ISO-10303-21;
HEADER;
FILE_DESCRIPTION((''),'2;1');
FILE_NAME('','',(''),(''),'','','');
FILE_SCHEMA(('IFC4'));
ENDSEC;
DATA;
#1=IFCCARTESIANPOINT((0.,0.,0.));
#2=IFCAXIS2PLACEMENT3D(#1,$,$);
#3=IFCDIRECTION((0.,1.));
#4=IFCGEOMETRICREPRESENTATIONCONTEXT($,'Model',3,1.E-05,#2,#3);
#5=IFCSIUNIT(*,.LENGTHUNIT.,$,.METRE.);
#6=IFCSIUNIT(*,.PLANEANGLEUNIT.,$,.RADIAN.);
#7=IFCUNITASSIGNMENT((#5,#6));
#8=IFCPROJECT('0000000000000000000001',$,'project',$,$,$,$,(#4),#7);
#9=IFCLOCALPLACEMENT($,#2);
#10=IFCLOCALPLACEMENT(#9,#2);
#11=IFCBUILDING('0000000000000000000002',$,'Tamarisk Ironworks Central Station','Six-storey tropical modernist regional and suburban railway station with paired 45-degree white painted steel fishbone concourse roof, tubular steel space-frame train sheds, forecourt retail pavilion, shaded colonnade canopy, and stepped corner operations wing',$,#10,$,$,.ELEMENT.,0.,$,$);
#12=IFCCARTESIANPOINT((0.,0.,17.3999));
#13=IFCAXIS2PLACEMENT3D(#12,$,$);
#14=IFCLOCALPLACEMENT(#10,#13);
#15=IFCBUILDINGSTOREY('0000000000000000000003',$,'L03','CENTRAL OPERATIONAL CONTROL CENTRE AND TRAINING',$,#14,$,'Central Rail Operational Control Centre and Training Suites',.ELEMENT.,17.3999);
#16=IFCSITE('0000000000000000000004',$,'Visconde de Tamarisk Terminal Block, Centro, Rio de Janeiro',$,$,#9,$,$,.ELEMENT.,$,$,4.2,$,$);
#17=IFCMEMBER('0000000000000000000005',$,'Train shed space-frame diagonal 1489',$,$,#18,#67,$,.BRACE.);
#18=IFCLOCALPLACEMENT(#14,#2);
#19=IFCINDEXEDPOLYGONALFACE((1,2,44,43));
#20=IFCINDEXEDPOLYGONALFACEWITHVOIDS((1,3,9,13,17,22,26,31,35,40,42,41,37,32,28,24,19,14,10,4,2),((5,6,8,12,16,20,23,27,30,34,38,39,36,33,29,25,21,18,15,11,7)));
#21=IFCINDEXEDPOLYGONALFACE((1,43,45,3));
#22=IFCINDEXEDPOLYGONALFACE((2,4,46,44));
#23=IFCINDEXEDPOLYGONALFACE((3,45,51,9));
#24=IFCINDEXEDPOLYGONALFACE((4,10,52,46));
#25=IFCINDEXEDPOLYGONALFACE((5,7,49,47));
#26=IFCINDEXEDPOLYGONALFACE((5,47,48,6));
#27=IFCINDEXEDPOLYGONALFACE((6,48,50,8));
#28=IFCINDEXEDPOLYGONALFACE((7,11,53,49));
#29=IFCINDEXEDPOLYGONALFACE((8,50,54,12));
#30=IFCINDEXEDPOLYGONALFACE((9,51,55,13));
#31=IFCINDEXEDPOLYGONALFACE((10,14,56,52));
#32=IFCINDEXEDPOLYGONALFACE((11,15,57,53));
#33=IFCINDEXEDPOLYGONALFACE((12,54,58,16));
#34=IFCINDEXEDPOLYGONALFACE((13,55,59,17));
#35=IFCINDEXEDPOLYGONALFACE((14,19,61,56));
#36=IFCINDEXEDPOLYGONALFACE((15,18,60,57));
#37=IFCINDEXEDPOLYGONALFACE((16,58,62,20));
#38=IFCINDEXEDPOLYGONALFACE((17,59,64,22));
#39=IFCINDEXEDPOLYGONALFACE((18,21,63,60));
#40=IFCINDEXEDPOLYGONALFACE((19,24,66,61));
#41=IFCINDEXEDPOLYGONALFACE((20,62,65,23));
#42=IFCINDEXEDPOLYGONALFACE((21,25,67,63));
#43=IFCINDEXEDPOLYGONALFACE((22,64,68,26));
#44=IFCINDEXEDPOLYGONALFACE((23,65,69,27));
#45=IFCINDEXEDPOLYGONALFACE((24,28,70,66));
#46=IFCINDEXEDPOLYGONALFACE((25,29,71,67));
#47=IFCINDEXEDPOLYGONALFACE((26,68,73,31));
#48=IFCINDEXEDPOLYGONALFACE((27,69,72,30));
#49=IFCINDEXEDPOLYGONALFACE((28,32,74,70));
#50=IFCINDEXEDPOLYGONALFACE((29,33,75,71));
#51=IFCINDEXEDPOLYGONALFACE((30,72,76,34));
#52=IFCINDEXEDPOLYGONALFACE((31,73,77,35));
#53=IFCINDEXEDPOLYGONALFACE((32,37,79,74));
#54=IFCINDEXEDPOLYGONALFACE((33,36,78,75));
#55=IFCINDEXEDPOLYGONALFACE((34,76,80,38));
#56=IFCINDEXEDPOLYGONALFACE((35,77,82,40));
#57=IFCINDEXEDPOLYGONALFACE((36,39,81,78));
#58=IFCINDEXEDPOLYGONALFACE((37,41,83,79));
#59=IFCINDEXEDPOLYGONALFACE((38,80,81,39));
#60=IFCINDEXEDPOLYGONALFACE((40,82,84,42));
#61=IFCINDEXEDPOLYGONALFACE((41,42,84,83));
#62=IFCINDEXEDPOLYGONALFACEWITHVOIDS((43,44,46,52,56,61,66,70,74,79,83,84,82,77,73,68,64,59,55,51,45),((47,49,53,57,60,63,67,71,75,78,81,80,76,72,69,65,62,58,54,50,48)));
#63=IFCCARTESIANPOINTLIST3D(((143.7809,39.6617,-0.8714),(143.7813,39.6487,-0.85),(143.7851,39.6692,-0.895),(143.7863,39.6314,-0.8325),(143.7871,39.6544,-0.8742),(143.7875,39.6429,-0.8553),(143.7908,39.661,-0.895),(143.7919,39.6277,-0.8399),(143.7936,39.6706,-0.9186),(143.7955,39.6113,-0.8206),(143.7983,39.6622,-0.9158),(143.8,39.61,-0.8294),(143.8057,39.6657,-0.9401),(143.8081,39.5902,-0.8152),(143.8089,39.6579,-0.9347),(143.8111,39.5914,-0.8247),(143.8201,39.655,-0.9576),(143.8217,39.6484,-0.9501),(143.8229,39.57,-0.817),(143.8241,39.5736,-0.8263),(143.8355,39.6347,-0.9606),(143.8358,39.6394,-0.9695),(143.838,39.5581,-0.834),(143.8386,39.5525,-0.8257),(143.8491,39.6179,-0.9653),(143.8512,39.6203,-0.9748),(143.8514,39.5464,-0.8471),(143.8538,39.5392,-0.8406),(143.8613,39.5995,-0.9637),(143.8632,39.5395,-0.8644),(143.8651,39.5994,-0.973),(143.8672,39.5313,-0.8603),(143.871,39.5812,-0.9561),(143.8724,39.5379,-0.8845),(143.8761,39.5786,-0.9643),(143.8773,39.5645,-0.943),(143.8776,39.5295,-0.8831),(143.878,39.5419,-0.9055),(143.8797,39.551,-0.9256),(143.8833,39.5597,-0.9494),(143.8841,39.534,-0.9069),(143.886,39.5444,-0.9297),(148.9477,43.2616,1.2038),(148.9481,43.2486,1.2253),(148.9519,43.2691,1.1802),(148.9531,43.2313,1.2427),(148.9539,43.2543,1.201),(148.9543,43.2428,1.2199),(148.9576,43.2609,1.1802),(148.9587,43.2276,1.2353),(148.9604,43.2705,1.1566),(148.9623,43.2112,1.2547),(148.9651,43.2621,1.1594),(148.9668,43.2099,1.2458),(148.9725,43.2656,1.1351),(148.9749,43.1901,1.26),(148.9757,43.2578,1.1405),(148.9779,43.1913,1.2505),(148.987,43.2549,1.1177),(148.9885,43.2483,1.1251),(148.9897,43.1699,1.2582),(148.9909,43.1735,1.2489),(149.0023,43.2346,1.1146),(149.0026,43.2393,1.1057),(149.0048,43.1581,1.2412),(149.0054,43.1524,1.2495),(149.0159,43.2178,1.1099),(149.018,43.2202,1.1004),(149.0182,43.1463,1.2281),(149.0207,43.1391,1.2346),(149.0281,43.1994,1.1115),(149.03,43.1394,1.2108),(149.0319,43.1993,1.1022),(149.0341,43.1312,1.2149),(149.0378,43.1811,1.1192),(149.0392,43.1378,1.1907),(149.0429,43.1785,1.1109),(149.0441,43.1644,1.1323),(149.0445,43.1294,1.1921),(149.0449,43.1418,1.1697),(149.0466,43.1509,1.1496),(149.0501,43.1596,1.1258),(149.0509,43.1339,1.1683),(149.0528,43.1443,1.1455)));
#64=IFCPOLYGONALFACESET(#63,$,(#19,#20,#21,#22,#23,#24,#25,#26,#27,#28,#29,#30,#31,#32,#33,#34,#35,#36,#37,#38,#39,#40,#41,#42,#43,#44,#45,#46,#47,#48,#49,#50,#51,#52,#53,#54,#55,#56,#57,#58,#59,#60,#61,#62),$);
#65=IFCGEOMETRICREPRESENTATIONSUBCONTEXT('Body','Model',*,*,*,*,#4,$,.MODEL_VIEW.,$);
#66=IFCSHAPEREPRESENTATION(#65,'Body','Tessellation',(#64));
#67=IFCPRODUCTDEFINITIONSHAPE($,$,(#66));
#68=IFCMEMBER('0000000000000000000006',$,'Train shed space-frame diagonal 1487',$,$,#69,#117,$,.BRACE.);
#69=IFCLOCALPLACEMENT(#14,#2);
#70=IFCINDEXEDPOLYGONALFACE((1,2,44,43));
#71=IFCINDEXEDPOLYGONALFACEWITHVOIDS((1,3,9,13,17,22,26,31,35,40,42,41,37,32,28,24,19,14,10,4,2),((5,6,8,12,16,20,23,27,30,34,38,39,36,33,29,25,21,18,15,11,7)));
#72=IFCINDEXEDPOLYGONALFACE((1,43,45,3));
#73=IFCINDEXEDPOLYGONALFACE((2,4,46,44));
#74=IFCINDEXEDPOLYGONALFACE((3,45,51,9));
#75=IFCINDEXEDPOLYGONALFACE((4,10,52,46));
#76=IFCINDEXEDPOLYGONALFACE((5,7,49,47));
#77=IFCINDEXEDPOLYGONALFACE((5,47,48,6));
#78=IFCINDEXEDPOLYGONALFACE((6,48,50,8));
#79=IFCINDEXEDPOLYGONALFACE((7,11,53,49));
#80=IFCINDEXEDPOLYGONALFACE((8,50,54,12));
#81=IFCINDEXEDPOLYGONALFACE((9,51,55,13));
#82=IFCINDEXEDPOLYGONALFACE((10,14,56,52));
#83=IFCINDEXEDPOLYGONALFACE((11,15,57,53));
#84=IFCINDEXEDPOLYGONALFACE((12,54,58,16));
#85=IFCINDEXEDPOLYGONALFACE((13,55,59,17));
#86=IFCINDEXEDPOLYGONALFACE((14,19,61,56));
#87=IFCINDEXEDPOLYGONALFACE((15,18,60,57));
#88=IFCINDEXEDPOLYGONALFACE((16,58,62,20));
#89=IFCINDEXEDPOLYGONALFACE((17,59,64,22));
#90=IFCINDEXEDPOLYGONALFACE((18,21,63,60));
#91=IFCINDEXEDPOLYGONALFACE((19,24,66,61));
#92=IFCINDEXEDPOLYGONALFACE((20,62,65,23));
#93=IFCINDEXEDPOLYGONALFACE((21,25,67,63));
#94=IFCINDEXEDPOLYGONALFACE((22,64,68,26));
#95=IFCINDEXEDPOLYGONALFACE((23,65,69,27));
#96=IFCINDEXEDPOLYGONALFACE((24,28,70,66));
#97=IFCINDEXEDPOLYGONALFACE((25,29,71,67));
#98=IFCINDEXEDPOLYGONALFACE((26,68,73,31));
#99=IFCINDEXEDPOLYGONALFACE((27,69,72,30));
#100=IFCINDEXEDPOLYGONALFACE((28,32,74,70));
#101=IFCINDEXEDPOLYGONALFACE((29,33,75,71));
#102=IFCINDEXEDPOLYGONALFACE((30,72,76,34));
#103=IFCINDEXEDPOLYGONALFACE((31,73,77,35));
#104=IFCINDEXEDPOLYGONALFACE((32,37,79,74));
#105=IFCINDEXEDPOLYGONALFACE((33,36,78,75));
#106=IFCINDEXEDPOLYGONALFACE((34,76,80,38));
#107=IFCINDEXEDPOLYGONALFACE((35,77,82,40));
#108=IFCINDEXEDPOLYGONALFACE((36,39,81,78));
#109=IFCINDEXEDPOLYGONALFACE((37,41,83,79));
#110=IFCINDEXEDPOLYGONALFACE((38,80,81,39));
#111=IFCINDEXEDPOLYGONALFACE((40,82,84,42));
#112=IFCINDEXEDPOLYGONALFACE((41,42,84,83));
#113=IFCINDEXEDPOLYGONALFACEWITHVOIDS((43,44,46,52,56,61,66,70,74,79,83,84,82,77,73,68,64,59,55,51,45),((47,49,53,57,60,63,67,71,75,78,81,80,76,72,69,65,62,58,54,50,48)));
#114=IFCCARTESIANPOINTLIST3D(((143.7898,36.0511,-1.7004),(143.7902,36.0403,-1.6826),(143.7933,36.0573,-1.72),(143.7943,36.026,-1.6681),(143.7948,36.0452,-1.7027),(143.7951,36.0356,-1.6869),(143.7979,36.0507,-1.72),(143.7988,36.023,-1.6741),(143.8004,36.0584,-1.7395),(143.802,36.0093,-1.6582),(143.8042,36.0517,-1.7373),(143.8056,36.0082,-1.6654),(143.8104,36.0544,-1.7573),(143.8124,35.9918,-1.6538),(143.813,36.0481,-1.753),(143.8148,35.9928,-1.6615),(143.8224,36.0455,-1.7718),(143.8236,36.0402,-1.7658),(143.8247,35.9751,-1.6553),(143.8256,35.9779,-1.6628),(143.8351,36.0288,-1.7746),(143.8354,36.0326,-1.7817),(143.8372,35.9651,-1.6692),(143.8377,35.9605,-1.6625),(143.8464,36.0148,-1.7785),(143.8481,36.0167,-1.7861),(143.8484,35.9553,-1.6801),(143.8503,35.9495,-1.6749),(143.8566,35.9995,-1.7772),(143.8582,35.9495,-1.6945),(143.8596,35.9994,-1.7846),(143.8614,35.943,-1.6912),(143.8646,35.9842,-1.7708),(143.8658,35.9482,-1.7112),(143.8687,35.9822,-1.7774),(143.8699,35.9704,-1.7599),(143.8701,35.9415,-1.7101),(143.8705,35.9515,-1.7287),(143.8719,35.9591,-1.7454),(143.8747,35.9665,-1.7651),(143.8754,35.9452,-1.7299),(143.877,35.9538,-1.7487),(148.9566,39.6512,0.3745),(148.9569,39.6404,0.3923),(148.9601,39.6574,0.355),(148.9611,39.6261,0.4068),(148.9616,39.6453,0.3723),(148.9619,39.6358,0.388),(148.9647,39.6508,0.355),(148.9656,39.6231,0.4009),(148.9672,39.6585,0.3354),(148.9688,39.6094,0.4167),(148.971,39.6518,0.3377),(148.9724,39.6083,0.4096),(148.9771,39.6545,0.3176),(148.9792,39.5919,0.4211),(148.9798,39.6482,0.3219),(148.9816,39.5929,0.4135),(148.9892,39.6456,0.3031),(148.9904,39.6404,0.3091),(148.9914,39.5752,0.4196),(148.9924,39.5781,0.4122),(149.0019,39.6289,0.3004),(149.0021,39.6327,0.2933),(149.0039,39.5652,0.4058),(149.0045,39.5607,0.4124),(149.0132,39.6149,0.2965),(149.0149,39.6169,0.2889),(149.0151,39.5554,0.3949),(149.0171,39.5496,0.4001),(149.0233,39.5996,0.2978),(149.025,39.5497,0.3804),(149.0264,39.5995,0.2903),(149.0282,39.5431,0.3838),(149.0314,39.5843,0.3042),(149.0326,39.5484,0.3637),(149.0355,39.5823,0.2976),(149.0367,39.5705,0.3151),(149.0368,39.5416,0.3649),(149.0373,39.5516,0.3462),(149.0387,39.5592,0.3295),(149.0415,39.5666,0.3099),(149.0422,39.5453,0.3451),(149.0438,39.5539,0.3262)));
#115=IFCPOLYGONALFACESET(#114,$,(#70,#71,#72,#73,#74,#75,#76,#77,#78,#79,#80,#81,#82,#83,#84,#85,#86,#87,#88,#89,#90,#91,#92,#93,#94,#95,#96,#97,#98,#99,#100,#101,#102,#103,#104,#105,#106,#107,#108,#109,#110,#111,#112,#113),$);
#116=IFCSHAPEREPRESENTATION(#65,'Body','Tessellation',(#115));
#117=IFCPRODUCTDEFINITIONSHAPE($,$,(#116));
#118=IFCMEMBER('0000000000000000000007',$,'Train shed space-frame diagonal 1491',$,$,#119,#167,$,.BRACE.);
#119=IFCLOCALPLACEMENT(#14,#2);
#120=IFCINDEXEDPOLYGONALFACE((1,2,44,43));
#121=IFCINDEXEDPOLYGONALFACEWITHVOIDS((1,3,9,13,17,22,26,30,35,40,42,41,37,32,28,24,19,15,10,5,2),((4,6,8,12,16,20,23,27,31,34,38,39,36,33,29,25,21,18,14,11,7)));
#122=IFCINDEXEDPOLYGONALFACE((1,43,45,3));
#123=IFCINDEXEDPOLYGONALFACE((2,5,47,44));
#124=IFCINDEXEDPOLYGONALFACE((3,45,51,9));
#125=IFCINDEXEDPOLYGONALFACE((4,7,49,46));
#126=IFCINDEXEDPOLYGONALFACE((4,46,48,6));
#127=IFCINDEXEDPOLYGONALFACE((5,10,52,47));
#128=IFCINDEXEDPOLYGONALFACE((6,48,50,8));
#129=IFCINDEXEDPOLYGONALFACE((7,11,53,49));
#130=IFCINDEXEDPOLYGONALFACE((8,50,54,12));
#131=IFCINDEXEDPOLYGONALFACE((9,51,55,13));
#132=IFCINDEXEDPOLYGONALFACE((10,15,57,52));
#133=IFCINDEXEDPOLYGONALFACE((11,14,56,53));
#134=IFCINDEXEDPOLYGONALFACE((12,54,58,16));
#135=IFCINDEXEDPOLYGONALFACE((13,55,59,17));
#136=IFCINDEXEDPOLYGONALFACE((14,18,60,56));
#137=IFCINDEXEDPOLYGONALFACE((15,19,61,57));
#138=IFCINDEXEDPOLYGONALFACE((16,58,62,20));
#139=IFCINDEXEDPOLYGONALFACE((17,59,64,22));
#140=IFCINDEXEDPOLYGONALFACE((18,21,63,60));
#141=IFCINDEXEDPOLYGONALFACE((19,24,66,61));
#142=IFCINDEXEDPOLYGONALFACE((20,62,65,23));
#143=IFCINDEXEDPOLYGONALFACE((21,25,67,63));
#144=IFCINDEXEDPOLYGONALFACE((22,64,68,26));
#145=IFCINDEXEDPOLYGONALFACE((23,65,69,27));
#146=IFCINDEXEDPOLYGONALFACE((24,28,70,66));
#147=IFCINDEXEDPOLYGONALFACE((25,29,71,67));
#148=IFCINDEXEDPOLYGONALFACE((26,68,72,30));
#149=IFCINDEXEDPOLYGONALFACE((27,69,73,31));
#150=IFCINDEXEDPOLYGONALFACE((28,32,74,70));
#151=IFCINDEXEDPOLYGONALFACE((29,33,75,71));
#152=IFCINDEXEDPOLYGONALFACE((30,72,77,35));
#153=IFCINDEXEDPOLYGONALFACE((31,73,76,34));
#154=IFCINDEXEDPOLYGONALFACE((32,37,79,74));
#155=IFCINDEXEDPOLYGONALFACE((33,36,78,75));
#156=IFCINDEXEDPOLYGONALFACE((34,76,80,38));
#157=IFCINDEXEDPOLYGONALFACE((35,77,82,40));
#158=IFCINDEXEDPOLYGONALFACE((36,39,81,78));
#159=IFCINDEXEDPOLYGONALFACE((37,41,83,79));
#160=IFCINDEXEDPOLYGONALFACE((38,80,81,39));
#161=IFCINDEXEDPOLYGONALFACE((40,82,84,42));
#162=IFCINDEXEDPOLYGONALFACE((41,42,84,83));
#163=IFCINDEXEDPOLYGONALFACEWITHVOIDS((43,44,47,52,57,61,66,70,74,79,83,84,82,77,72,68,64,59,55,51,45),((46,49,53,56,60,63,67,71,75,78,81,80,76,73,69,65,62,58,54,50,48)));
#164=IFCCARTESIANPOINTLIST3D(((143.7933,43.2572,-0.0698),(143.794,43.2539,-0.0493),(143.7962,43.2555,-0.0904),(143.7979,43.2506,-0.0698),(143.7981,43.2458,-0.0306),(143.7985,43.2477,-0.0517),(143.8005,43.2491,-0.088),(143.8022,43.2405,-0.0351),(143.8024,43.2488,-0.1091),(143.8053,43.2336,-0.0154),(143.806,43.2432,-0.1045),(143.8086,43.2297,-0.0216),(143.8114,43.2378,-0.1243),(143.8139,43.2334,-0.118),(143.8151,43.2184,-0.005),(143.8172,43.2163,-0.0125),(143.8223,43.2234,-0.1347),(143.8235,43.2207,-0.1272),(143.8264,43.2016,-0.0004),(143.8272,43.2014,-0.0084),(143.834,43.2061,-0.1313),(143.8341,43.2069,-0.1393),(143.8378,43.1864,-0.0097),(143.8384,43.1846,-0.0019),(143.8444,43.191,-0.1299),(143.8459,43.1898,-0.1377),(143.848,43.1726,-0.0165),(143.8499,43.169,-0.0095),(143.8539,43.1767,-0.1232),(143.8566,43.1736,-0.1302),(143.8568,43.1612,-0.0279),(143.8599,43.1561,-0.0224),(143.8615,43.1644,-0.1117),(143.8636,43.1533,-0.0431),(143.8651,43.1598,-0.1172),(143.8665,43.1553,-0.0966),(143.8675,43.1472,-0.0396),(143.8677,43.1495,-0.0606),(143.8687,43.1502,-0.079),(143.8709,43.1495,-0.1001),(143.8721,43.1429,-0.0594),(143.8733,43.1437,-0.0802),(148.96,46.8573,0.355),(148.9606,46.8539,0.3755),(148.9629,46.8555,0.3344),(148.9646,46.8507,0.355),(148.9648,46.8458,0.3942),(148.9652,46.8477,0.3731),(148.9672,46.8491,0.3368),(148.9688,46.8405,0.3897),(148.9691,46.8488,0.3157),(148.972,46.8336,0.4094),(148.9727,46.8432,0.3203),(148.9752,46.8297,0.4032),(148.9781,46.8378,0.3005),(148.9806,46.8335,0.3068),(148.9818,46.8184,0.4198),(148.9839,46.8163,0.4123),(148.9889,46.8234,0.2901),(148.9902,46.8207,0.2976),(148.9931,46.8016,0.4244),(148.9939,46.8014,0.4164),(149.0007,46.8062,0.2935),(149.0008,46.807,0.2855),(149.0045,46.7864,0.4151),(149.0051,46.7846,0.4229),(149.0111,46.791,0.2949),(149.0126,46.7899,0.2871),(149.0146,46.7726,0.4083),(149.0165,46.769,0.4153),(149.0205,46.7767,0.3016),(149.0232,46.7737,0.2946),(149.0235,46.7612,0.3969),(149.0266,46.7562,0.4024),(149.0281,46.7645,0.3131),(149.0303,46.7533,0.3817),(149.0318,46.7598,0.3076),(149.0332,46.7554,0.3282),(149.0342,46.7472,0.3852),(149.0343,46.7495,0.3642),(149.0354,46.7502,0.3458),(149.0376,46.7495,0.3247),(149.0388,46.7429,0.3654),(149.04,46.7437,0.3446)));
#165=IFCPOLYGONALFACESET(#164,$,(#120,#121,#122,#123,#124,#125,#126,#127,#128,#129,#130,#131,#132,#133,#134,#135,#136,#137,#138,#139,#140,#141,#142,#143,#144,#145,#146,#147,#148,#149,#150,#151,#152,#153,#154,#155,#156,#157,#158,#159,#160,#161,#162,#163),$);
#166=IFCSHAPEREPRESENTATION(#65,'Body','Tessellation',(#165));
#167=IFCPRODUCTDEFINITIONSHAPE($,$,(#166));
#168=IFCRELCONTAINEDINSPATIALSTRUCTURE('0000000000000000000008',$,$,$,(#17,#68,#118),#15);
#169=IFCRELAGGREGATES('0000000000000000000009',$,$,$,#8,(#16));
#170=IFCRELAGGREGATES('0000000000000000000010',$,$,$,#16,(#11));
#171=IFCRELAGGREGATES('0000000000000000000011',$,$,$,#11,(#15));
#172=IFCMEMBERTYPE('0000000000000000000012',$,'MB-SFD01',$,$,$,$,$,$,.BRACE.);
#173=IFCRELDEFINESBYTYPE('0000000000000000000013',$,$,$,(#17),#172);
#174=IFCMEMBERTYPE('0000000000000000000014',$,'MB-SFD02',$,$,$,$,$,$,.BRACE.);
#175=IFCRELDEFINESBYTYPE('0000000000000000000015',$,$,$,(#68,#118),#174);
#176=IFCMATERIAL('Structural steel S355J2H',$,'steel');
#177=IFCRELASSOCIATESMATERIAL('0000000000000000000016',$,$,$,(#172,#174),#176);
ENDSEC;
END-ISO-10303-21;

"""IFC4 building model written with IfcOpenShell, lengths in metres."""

from ifc_helpers import new_model, si_unit, direction, frame, origin, origin_2d, place, context, subcontext, project, spatial, hollow_circle, extrude, material, material_profile, profile_set, type_object, element, save


model = new_model("IFC4")

# Units and contexts
model_context = context("Model", 3, precision=1e-05, world=origin(), true_north=direction((0.0, 1.0)))
body_context = subcontext(model_context, "Body", "Model", "MODEL_VIEW")
ifc_project = project(units=[si_unit("LENGTHUNIT", "METRE"), si_unit("PLANEANGLEUNIT", "RADIAN")], contexts=[model_context])

# Site, building, storey
site_placement = place(None, origin())
site = spatial("IfcSite", under=ifc_project, at=site_placement, Name="Visconde de Tamarisk Terminal Block, Centro, Rio de Janeiro", CompositionType="ELEMENT", RefElevation=4.2)
building_placement = place(site_placement, origin())
building = spatial("IfcBuilding", under=site, at=building_placement, Name="Tamarisk Ironworks Central Station", Description="Six-storey tropical modernist regional and suburban railway station with paired 45-degree white painted steel fishbone concourse roof, tubular steel space-frame train sheds, forecourt retail pavilion, shaded colonnade canopy, and stepped corner operations wing", CompositionType="ELEMENT", ElevationOfRefHeight=0.0)
storey_placement = place(building_placement, frame((0.0, 0.0, 17.3999)))
storey = spatial("IfcBuildingStorey", under=building, at=storey_placement, Name="L03", Description="CENTRAL OPERATIONAL CONTROL CENTRE AND TRAINING", LongName="Central Rail Operational Control Centre and Training Suites", CompositionType="ELEMENT", Elevation=17.3999)

# Members
ifc_material_1 = material(Name="Structural steel S355J2H", Category="steel")
ifc_material_profile_1 = material_profile(ifc_material_1, hollow_circle(Radius=0.0842, WallThickness=0.01, at=origin_2d()), Name="CHS 168.3x10")
ifc_profile_set_1 = profile_set([ifc_material_profile_1], Name="Structural steel S355J2H")
member_type_1 = type_object("IfcMemberType", Name="MB-SFD01", PredefinedType="BRACE", material=ifc_profile_set_1)
member_1_placement = place(storey_placement, frame((143.8333, 39.6001, -0.895), z_axis=(0.779265, 0.542941, 0.312987), x_axis=(-0.571663, 0.820489, 0.0)))
element("IfcMember", 1, at=member_1_placement, inside=storey, type_object=member_type_1, Name="Train shed space-frame diagonal 1489", PredefinedType="BRACE", context=body_context, shape_type="SweptSolid", body=[
    extrude(hollow_circle(Radius=0.0842, WallThickness=0.01, at=origin_2d()), origin(), (0.0, 0.0, 1.0), 6.6304),
])
ifc_material_profile_2 = material_profile(ifc_material_1, hollow_circle(Radius=0.0698, WallThickness=0.0081, at=origin_2d()), Name="CHS 139.7x8")
ifc_profile_set_2 = profile_set([ifc_material_profile_2], Name="Structural steel S355J2H")
member_type_2 = type_object("IfcMemberType", Name="MB-SFD02", PredefinedType="BRACE", material=ifc_profile_set_2)
member_2_placement = place(storey_placement, frame((143.8333, 36.0, -1.72), z_axis=(0.779258, 0.542973, 0.312948), x_axis=(-0.571689, 0.82047, 0.0)))
element("IfcMember", 2, at=member_2_placement, inside=storey, type_object=member_type_2, Name="Train shed space-frame diagonal 1487", PredefinedType="BRACE", context=body_context, shape_type="SweptSolid", body=[
    extrude(hollow_circle(Radius=0.0698, WallThickness=0.0081, at=origin_2d()), origin(), (0.0, 0.0, 1.0), 6.6304),
])
member_3_placement = place(storey_placement, frame((143.8333, 43.2, -0.0698), z_axis=(0.81861, 0.570393, 0.067305), x_axis=(-0.571689, 0.82047, 0.0)))
element("IfcMember", 3, at=member_3_placement, inside=storey, type_object=member_type_2, Name="Train shed space-frame diagonal 1491", PredefinedType="BRACE", context=body_context, shape_type="SweptSolid", body=[
    extrude(hollow_circle(Radius=0.0698, WallThickness=0.0081, at=origin_2d()), origin(), (0.0, 0.0, 1.0), 6.3115),
])

save(model, "model.ifc")
